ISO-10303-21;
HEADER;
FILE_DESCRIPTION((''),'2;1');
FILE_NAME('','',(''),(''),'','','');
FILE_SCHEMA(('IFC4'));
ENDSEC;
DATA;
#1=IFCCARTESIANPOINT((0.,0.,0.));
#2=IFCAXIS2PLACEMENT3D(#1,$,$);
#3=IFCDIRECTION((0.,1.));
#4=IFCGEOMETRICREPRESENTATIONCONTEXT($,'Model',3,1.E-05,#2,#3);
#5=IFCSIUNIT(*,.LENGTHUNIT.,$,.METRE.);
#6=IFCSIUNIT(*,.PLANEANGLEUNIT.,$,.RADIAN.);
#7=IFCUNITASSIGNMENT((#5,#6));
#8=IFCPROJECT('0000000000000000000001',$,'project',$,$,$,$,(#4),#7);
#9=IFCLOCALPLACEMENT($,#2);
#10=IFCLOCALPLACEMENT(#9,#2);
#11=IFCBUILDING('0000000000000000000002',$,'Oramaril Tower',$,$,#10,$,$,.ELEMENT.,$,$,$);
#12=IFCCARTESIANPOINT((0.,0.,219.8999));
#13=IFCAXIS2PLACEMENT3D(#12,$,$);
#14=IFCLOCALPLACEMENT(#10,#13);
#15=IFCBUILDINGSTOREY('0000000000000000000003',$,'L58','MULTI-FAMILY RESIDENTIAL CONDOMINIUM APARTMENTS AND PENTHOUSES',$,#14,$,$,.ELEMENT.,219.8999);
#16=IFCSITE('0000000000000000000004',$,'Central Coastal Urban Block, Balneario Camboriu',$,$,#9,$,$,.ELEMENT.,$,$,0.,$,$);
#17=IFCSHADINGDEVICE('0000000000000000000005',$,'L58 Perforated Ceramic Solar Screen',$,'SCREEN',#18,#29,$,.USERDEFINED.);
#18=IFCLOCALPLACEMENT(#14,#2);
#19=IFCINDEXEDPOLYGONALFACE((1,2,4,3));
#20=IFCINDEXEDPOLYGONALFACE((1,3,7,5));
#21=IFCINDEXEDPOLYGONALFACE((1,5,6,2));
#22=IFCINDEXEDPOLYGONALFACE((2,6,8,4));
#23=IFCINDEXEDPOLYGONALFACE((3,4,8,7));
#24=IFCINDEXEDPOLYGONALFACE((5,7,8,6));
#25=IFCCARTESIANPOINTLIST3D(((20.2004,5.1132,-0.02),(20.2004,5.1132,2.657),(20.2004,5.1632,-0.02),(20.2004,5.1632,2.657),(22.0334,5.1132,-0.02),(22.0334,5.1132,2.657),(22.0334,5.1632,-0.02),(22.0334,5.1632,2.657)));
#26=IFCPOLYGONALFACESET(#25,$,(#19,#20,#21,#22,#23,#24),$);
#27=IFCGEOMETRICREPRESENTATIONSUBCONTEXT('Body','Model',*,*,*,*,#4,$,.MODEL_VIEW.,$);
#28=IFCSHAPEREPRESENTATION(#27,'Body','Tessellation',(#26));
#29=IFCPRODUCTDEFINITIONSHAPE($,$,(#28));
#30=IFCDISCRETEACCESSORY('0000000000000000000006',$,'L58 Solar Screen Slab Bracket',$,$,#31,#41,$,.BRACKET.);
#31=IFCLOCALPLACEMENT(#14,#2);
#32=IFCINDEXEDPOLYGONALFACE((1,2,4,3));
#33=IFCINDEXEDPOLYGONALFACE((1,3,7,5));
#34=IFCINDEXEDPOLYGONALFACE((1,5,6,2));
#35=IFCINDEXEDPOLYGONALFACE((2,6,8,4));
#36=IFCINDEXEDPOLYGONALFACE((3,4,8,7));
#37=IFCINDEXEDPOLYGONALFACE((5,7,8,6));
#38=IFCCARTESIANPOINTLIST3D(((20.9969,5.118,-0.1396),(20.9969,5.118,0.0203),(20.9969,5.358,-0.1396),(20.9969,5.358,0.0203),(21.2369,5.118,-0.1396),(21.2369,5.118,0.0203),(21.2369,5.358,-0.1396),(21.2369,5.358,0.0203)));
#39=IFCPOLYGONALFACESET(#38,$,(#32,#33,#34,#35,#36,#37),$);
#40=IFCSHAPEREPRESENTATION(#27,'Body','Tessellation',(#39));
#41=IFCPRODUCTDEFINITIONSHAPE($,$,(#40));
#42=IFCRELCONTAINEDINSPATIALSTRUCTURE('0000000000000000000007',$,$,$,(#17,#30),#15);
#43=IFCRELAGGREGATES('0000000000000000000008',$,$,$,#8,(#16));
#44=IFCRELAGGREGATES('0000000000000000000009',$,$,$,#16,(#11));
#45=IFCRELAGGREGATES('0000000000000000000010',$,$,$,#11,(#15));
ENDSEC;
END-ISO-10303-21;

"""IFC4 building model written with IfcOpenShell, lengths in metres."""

from ifc_helpers import new_model, si_unit, direction, frame, origin, origin_2d, place, context, subcontext, project, spatial, rectangle, extrude, element, save


model = new_model("IFC4")

# Units and contexts
model_context = context("Model", 3, precision=1e-05, world=origin(), true_north=direction((0.0, 1.0)))
body_context = subcontext(model_context, "Body", "Model", "MODEL_VIEW")
ifc_project = project(units=[si_unit("LENGTHUNIT", "METRE"), si_unit("PLANEANGLEUNIT", "RADIAN")], contexts=[model_context])

# Site, building, storey
site_placement = place(None, origin())
site = spatial("IfcSite", under=ifc_project, at=site_placement, Name="Central Coastal Urban Block, Balneario Camboriu", CompositionType="ELEMENT", RefElevation=0.0)
building_placement = place(site_placement, origin())
building = spatial("IfcBuilding", under=site, at=building_placement, Name="Oramaril Tower", CompositionType="ELEMENT")
storey_placement = place(building_placement, frame((0.0, 0.0, 219.8999)))
storey = spatial("IfcBuildingStorey", under=building, at=storey_placement, Name="L58", Description="MULTI-FAMILY RESIDENTIAL CONDOMINIUM APARTMENTS AND PENTHOUSES", CompositionType="ELEMENT", Elevation=219.8999)

# Shading device
shading_device_placement = place(storey_placement, frame((21.1169, 5.1382, -0.02), z_axis=(0.0, 0.0, 1.0), x_axis=(1.0, 0.0, 0.0)))
element("IfcShadingDevice", 1, at=shading_device_placement, inside=storey, Name="L58 Perforated Ceramic Solar Screen", ObjectType="SCREEN", PredefinedType="USERDEFINED", context=body_context, shape_type="SweptSolid", body=[
    extrude(rectangle(XDim=1.833, YDim=0.05, at=origin_2d()), origin(), (0.0, 0.0, 1.0), 2.677),
])

# Discrete accessory
discrete_accessory_placement = place(storey_placement, frame((21.1169, 5.238, -0.1396), z_axis=(0.0, 0.0, 1.0), x_axis=(1.0, 0.0, 0.0)))
element("IfcDiscreteAccessory", 2, at=discrete_accessory_placement, inside=storey, Name="L58 Solar Screen Slab Bracket", PredefinedType="BRACKET", context=body_context, shape_type="SweptSolid", body=[
    extrude(rectangle(XDim=0.24, YDim=0.24, at=origin_2d()), origin(), (0.0, 0.0, 1.0), 0.1599),
])

save(model, "model.ifc")
